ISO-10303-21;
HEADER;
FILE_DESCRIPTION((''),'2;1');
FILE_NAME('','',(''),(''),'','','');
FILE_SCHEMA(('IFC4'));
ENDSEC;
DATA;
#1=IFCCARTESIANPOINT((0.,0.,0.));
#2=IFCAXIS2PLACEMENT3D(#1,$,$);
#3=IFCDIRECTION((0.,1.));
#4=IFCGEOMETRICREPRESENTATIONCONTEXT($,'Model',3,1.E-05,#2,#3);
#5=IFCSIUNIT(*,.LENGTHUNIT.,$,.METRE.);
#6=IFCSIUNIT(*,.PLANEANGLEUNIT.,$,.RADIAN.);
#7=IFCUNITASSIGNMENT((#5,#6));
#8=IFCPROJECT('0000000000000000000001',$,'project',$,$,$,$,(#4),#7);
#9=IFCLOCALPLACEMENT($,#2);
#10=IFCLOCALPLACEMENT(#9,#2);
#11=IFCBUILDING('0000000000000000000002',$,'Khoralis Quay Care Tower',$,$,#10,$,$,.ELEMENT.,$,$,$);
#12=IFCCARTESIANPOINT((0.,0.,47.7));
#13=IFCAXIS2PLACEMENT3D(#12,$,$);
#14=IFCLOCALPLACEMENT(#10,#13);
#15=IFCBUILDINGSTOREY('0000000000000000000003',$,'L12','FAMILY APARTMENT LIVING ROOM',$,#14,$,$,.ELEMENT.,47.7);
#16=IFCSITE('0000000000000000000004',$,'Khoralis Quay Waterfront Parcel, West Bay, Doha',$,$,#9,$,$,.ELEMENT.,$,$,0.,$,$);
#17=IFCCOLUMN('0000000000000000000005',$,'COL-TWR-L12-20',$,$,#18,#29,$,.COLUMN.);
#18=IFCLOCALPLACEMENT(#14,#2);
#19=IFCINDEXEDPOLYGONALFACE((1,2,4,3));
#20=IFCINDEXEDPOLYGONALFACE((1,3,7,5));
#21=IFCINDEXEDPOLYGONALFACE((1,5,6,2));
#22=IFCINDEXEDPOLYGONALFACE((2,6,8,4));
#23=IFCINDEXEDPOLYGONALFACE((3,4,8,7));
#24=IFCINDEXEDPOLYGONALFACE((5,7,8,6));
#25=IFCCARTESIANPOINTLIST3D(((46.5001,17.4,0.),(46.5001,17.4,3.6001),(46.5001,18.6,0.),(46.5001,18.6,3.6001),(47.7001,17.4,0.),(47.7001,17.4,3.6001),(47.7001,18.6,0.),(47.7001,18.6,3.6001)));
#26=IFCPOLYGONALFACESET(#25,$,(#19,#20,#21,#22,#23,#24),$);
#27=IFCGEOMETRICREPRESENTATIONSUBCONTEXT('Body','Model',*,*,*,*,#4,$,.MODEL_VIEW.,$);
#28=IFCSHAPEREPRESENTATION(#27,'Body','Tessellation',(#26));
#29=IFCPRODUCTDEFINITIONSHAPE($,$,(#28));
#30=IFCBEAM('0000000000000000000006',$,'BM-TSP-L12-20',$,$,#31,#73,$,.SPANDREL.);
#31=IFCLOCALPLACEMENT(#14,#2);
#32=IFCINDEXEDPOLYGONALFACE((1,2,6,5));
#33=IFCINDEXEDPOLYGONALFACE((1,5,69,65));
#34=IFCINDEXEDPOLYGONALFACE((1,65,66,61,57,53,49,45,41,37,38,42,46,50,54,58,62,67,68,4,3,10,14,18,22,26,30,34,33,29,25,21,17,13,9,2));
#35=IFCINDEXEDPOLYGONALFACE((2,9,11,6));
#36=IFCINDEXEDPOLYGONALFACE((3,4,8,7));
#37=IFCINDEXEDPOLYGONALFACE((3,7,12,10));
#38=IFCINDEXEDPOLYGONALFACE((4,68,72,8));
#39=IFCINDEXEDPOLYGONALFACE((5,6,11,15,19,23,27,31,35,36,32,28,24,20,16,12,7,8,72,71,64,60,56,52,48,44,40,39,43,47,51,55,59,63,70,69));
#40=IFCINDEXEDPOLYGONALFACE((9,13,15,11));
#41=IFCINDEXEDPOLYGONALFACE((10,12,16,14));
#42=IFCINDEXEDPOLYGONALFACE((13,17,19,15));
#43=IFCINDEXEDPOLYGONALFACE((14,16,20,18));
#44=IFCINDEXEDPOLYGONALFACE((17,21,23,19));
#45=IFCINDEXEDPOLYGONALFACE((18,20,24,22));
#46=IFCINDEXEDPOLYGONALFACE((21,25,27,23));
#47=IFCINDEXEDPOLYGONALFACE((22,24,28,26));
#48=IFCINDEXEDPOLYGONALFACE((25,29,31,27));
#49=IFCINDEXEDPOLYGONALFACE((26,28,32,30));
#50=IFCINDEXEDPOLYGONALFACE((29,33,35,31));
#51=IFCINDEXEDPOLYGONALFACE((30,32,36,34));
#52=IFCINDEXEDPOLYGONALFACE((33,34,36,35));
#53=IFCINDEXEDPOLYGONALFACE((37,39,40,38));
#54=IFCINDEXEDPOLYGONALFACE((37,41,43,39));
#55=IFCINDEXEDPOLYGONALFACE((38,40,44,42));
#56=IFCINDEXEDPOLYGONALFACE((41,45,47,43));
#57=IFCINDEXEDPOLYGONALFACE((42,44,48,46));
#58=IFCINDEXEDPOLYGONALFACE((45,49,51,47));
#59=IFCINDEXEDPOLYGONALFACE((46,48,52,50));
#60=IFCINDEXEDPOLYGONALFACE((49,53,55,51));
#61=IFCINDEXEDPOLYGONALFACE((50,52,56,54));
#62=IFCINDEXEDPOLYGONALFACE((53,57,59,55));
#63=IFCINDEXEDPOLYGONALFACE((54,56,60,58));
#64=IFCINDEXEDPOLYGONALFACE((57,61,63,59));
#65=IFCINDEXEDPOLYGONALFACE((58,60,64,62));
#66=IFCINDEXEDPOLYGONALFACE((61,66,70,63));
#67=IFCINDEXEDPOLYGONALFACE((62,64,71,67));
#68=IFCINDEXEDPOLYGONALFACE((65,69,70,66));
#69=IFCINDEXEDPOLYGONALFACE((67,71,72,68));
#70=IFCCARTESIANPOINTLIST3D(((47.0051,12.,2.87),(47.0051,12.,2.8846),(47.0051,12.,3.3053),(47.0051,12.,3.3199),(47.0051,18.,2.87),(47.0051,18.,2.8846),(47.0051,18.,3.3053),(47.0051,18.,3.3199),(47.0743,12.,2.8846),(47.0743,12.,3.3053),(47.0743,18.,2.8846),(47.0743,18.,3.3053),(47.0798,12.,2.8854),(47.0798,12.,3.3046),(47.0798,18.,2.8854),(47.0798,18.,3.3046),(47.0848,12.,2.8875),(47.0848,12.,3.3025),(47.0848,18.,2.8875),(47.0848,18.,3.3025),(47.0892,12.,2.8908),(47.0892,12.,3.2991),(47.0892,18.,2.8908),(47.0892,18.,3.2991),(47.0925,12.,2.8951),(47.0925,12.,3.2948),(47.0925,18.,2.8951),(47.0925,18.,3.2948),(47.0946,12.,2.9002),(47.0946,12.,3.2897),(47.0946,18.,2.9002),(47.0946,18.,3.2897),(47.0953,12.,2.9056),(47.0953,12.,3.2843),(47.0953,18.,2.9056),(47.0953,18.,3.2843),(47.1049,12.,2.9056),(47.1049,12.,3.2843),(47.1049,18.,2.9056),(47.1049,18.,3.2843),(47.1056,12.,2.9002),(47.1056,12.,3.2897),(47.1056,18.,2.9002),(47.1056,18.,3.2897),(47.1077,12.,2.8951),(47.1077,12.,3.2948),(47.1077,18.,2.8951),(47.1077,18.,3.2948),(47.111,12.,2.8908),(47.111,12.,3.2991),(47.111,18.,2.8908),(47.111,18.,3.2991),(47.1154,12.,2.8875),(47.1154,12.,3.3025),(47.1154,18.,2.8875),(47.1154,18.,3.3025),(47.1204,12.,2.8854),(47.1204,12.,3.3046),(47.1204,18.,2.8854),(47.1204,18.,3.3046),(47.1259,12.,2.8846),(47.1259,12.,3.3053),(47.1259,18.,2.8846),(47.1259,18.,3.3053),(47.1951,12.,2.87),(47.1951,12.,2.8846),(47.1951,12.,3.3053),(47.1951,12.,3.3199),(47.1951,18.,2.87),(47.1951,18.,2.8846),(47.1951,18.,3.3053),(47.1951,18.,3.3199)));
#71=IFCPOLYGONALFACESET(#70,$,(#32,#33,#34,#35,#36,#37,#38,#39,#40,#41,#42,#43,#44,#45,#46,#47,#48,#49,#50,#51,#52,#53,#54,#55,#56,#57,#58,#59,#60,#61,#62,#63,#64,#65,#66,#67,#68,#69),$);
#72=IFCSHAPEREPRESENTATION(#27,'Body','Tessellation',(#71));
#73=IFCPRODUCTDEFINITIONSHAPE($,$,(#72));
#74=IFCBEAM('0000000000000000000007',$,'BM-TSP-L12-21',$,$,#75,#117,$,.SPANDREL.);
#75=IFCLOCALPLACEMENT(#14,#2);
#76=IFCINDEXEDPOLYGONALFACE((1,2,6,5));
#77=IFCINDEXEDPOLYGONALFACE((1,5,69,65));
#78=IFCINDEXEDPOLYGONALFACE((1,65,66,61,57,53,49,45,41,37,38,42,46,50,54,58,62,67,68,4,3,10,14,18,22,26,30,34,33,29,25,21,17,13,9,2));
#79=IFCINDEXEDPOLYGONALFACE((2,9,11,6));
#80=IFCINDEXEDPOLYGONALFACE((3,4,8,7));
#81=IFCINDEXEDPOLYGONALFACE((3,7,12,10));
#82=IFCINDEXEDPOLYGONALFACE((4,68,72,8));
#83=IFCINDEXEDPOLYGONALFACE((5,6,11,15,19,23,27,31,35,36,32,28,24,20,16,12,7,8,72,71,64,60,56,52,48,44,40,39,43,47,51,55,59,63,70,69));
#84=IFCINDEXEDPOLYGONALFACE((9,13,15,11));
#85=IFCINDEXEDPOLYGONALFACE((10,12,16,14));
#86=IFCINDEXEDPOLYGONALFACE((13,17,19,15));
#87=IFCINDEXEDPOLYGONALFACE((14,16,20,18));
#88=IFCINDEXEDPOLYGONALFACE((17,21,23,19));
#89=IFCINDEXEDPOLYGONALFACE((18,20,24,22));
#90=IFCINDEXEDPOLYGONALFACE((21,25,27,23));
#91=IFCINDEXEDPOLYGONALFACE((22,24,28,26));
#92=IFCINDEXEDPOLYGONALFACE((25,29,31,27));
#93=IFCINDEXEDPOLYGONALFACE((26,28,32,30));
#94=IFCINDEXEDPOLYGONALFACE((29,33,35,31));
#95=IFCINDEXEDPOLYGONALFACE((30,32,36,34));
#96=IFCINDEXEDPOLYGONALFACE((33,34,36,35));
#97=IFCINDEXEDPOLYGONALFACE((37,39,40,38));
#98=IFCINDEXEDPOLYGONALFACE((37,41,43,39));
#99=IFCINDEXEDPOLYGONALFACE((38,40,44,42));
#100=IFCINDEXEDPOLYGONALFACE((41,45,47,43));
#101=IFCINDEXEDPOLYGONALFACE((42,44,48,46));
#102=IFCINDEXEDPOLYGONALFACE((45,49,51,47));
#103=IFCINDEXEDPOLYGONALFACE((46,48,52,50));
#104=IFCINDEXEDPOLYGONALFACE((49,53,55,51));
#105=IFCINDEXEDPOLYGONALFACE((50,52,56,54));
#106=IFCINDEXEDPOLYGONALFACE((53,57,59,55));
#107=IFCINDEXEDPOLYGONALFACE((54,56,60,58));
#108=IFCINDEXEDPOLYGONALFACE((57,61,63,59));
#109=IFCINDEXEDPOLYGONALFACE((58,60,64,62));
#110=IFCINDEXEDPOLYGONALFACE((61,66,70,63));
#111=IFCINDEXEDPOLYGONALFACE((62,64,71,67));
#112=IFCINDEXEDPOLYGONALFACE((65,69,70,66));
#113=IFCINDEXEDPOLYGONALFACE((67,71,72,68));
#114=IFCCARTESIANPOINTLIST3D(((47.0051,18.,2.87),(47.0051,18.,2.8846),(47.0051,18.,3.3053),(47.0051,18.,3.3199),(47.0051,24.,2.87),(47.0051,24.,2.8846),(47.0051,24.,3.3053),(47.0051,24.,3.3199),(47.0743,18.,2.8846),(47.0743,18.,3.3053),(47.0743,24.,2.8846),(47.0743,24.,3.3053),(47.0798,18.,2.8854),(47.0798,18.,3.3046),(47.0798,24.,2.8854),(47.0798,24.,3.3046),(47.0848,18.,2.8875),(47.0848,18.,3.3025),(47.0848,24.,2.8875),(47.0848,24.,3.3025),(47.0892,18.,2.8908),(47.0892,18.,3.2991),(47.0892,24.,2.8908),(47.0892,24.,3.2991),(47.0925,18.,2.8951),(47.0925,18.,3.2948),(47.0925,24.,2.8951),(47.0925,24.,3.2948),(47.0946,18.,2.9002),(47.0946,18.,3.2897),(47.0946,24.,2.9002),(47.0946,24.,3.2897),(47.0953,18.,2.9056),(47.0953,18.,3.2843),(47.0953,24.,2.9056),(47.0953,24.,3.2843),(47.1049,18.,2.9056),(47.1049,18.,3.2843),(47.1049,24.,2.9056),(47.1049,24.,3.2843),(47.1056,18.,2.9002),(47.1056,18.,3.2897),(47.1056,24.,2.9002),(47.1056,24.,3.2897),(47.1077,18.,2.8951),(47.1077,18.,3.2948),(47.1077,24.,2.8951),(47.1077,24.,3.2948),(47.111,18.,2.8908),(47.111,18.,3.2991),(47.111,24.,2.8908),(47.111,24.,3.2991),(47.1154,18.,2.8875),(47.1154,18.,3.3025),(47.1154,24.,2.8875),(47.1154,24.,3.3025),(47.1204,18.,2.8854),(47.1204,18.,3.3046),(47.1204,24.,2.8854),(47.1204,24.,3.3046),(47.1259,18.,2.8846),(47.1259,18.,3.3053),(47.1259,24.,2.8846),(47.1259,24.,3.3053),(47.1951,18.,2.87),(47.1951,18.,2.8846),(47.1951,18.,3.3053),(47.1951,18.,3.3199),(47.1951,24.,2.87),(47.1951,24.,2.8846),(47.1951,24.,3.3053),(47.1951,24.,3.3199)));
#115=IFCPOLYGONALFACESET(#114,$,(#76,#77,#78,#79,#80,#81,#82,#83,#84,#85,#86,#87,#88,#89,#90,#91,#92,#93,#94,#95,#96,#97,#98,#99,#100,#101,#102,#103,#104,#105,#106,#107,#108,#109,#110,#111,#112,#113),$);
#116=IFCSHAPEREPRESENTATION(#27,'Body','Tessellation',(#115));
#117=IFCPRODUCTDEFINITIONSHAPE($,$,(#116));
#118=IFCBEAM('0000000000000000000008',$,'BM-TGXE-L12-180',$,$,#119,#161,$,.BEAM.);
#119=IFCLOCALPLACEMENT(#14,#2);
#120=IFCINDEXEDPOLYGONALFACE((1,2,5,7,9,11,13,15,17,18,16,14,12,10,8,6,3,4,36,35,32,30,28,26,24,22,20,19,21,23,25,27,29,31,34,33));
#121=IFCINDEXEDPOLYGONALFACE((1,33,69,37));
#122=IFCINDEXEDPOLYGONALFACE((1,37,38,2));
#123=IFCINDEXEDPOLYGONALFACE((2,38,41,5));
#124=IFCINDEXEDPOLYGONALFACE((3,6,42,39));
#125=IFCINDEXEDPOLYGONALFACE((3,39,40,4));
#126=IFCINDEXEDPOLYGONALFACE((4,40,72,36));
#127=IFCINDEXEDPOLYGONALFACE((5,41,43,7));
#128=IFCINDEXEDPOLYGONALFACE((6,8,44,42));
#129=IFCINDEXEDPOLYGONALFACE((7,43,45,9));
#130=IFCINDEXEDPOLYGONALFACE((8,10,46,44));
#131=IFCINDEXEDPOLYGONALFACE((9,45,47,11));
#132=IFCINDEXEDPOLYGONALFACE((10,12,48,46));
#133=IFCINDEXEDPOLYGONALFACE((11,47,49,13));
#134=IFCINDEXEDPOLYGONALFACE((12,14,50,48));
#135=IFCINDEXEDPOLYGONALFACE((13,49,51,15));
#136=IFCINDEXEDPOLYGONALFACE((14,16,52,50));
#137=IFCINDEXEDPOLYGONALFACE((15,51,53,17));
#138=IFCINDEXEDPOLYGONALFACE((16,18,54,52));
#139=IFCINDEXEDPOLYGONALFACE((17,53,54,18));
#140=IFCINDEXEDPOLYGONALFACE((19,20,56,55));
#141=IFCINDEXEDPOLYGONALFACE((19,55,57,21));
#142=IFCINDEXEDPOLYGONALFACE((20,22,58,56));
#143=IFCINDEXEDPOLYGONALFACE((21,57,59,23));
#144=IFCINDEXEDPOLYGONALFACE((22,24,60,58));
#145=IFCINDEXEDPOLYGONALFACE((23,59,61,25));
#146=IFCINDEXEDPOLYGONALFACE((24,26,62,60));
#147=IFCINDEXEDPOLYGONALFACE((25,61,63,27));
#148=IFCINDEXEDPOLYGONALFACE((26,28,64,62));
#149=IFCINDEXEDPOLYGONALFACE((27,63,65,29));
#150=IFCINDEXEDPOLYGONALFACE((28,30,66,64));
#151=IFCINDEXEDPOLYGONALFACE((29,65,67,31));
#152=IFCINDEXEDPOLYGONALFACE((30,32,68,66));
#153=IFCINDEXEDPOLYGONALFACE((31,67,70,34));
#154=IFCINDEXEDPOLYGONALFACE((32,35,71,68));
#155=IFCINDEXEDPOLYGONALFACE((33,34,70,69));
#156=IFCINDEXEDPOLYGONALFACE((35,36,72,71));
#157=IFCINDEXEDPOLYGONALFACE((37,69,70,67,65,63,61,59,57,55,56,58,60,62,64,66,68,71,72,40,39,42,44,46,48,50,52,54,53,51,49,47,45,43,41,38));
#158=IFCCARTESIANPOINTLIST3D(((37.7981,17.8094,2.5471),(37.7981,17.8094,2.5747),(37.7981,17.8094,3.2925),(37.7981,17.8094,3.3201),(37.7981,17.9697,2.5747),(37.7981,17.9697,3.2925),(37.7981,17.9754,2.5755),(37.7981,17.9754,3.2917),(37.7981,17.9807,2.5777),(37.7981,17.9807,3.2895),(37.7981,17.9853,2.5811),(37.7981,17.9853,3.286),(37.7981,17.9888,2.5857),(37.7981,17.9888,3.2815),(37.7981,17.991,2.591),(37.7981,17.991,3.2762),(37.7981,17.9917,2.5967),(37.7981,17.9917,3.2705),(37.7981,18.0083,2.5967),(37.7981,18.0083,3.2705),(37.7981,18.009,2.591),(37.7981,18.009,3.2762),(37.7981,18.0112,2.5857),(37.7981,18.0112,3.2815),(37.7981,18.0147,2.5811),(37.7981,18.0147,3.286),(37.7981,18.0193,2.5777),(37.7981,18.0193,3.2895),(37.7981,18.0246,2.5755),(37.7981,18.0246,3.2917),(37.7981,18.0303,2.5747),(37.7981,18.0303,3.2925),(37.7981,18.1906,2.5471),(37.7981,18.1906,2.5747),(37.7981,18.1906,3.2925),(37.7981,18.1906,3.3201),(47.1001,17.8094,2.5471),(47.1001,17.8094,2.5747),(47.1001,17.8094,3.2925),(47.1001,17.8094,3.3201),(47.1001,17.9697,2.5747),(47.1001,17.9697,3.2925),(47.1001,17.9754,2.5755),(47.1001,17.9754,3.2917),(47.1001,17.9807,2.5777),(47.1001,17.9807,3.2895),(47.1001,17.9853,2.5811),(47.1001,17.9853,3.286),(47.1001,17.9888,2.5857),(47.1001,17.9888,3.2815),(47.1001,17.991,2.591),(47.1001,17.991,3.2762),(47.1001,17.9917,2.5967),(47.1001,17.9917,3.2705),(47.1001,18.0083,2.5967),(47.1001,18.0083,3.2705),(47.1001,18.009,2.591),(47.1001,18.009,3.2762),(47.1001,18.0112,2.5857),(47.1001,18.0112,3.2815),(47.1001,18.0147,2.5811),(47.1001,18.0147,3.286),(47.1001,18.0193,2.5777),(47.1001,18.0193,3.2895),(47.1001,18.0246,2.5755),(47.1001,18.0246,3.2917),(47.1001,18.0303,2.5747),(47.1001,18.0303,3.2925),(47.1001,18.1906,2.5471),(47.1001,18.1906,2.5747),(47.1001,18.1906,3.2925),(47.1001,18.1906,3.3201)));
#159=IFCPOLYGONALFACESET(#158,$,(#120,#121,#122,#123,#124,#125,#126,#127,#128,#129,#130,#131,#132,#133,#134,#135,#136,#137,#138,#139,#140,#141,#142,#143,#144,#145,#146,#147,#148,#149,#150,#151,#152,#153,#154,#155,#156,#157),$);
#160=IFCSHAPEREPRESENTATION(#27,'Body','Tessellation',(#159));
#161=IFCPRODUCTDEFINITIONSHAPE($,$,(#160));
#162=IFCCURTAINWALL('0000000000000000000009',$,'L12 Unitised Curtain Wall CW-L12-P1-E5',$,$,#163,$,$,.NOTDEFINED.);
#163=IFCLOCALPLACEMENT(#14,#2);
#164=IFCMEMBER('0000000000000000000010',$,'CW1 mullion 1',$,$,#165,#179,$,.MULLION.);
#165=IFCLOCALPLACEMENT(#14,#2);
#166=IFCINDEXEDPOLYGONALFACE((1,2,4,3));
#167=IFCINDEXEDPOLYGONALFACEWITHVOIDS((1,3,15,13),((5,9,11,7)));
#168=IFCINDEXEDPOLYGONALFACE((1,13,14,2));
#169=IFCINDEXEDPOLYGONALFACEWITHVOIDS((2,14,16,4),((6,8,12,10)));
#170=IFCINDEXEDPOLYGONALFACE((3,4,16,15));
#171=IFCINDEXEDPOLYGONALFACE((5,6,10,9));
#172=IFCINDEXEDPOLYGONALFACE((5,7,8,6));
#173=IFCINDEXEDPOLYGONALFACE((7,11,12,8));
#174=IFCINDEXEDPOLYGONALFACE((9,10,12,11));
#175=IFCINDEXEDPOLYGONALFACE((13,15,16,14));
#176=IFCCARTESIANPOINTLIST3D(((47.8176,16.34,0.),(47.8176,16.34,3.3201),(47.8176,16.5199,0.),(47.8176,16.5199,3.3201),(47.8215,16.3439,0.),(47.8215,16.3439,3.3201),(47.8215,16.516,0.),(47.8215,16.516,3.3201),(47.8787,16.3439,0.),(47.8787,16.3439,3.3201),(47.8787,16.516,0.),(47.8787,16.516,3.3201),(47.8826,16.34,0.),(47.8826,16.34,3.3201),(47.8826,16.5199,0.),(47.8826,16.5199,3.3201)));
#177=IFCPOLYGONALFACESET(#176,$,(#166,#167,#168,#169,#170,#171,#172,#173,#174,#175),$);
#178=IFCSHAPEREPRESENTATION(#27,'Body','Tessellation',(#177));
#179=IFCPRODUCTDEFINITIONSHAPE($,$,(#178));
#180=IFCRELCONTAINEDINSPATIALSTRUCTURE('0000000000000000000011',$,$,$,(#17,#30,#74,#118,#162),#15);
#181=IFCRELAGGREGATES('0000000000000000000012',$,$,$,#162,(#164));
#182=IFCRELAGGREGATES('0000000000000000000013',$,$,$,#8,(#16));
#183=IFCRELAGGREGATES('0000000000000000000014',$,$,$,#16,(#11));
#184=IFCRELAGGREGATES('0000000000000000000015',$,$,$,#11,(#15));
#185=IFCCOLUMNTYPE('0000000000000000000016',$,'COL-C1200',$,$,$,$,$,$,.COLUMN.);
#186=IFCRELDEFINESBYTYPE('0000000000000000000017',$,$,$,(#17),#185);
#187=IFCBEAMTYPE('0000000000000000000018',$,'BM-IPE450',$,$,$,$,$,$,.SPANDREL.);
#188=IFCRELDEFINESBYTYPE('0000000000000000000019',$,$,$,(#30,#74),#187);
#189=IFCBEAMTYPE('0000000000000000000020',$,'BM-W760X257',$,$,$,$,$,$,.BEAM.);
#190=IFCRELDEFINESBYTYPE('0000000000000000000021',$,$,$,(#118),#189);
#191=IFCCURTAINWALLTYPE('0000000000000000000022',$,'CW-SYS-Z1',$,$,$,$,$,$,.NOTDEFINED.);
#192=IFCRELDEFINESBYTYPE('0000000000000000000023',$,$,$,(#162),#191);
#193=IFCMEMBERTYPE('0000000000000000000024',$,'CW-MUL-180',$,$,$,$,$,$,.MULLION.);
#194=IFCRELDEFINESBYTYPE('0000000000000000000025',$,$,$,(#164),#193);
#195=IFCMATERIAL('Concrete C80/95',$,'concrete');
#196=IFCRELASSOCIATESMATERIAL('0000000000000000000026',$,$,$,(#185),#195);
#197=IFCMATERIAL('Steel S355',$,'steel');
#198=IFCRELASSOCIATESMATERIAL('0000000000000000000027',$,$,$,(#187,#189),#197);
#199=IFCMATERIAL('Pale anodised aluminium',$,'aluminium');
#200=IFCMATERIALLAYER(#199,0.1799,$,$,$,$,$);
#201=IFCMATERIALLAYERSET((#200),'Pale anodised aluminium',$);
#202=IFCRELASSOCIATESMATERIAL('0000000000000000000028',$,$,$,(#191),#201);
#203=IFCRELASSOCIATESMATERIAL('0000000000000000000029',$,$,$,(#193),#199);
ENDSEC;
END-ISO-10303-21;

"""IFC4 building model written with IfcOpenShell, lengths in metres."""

from ifc_helpers import new_model, si_unit, direction, frame, origin, origin_2d, place, context, subcontext, project, spatial, rectangle, hollow_rectangle, i_section, extrude, source, transform, mapped, material, layer, layer_set, material_profile, profile_set, type_object, element, aggregate, save


model = new_model("IFC4")

# Units and contexts
model_context = context("Model", 3, precision=1e-05, world=origin(), true_north=direction((0.0, 1.0)))
body_context = subcontext(model_context, "Body", "Model", "MODEL_VIEW")
ifc_project = project(units=[si_unit("LENGTHUNIT", "METRE"), si_unit("PLANEANGLEUNIT", "RADIAN")], contexts=[model_context])

# Site, building, storey
site_placement = place(None, origin())
site = spatial("IfcSite", under=ifc_project, at=site_placement, Name="Khoralis Quay Waterfront Parcel, West Bay, Doha", CompositionType="ELEMENT", RefElevation=0.0)
building_placement = place(site_placement, origin())
building = spatial("IfcBuilding", under=site, at=building_placement, Name="Khoralis Quay Care Tower", CompositionType="ELEMENT")
storey_placement = place(building_placement, frame((0.0, 0.0, 47.7)))
storey = spatial("IfcBuildingStorey", under=building, at=storey_placement, Name="L12", Description="FAMILY APARTMENT LIVING ROOM", CompositionType="ELEMENT", Elevation=47.7)

# Column
ifc_material_1 = material(Name="Concrete C80/95", Category="concrete")
ifc_material_profile_1 = material_profile(ifc_material_1, rectangle(XDim=1.2, YDim=1.2, at=origin_2d()), Name="Concrete C80/95")
ifc_profile_set_1 = profile_set([ifc_material_profile_1], Name="Concrete C80/95")
column_type = type_object("IfcColumnType", Name="COL-C1200", PredefinedType="COLUMN", material=ifc_profile_set_1)
shared_shape_1 = source(origin(), body_context, "Body", "SweptSolid", [
    extrude(rectangle(XDim=1.2, YDim=1.2, at=origin_2d()), origin(), (0.0, 0.0, 1.0), 3.6001),
])
column_placement = place(storey_placement, frame((47.1001, 18.0, 0.0), z_axis=(0.0, 0.0, 1.0), x_axis=(1.0, 0.0, 0.0)))
element("IfcColumn", 1, at=column_placement, inside=storey, type_object=column_type, Name="COL-TWR-L12-20", PredefinedType="COLUMN", context=body_context, shape_type="MappedRepresentation", body=[
    mapped(shared_shape_1, transform((0.0, 0.0, 0.0), scale=1.0)),
])

# Beams
ifc_material_2 = material(Name="Steel S355", Category="steel")
ifc_material_profile_2 = material_profile(ifc_material_2, i_section(OverallWidth=0.1899, OverallDepth=0.45, WebThickness=0.0095, FlangeThickness=0.0146, FilletRadius=0.021, at=origin_2d()), Name="Steel S355")
ifc_profile_set_2 = profile_set([ifc_material_profile_2], Name="Steel S355")
beam_type_1 = type_object("IfcBeamType", Name="BM-IPE450", PredefinedType="SPANDREL", material=ifc_profile_set_2)
shared_shape_2 = source(origin(), body_context, "Body", "SweptSolid", [
    extrude(i_section(OverallWidth=0.1899, OverallDepth=0.45, WebThickness=0.0095, FlangeThickness=0.0146, FilletRadius=0.021, at=origin_2d()), origin(), (0.0, 0.0, 1.0), 6.0),
])
for number, where, z_axis, x_axis, name in (
    (2, (47.1001, 12.0, 3.095), (0.0, 1.0, 0.0), (-1.0, 0.0, 0.0), "BM-TSP-L12-20"),
    (3, (47.1001, 18.0, 3.095), (0.0, 1.0, 0.0), (-1.0, 0.0, 0.0), "BM-TSP-L12-21"),
):
    element("IfcBeam", number, at=place(storey_placement, frame(where, z_axis=z_axis, x_axis=x_axis)), inside=storey, type_object=beam_type_1, Name=name, PredefinedType="SPANDREL", context=body_context, shape_type="MappedRepresentation", body=[
        mapped(shared_shape_2, transform((0.0, 0.0, 0.0), scale=1.0)),
    ])
ifc_material_profile_3 = material_profile(ifc_material_2, i_section(OverallWidth=0.3811, OverallDepth=0.7729, WebThickness=0.0166, FlangeThickness=0.0276, FilletRadius=0.022, at=origin_2d()), Name="Steel S355")
ifc_profile_set_3 = profile_set([ifc_material_profile_3], Name="Steel S355")
beam_type_2 = type_object("IfcBeamType", Name="BM-W760X257", PredefinedType="BEAM", material=ifc_profile_set_3)
shared_shape_3 = source(origin(), body_context, "Body", "SweptSolid", [
    extrude(i_section(OverallWidth=0.3811, OverallDepth=0.7729, WebThickness=0.0166, FlangeThickness=0.0276, FilletRadius=0.022, at=origin_2d()), origin(), (0.0, 0.0, 1.0), 9.302),
])
beam_placement = place(storey_placement, frame((37.7981, 18.0, 2.9336), z_axis=(1.0, 0.0, 0.0), x_axis=(0.0, 1.0, 0.0)))
element("IfcBeam", 4, at=beam_placement, inside=storey, type_object=beam_type_2, Name="BM-TGXE-L12-180", PredefinedType="BEAM", context=body_context, shape_type="MappedRepresentation", body=[
    mapped(shared_shape_3, transform((0.0, 0.0, 0.0), scale=1.0)),
])

# Curtain wall, member
ifc_material_3 = material(Name="Pale anodised aluminium", Category="aluminium")
ifc_layer_1 = layer(ifc_material_3, 0.1799)
ifc_layer_set_1 = layer_set([ifc_layer_1], Name="Pale anodised aluminium")
curtain_wall_type = type_object("IfcCurtainWallType", Name="CW-SYS-Z1", PredefinedType="NOTDEFINED", material=ifc_layer_set_1)
curtain_wall_placement = place(storey_placement, origin())
curtain_wall = element("IfcCurtainWall", 5, at=curtain_wall_placement, inside=storey, type_object=curtain_wall_type, Name="L12 Unitised Curtain Wall CW-L12-P1-E5", PredefinedType="NOTDEFINED")
ifc_material_profile_4 = material_profile(ifc_material_3, hollow_rectangle(XDim=0.0649, YDim=0.1799, WallThickness=0.0039, at=origin_2d()), Name="Pale anodised aluminium")
ifc_profile_set_4 = profile_set([ifc_material_profile_4], Name="Pale anodised aluminium")
member_type_1 = type_object("IfcMemberType", Name="CW-MUL-180", PredefinedType="MULLION", material=ifc_profile_set_4)
shared_shape_4 = source(origin(), body_context, "Body", "SweptSolid", [
    extrude(hollow_rectangle(XDim=0.0649, YDim=0.1799, WallThickness=0.0039, at=origin_2d()), origin(), (0.0, 0.0, 1.0), 3.3201),
])
member_1_placement = place(storey_placement, frame((47.8501, 16.4299, 0.0), z_axis=(0.0, 0.0, 1.0), x_axis=(-1.0, 0.0, 0.0)))
member_1 = element("IfcMember", 6, at=member_1_placement, type_object=member_type_1, Name="CW1 mullion 1", PredefinedType="MULLION", context=body_context, shape_type="MappedRepresentation", body=[
    mapped(shared_shape_4, transform((0.0, 0.0, 0.0), scale=1.0)),
])
aggregate(curtain_wall, [member_1])

save(model, "model.ifc")
